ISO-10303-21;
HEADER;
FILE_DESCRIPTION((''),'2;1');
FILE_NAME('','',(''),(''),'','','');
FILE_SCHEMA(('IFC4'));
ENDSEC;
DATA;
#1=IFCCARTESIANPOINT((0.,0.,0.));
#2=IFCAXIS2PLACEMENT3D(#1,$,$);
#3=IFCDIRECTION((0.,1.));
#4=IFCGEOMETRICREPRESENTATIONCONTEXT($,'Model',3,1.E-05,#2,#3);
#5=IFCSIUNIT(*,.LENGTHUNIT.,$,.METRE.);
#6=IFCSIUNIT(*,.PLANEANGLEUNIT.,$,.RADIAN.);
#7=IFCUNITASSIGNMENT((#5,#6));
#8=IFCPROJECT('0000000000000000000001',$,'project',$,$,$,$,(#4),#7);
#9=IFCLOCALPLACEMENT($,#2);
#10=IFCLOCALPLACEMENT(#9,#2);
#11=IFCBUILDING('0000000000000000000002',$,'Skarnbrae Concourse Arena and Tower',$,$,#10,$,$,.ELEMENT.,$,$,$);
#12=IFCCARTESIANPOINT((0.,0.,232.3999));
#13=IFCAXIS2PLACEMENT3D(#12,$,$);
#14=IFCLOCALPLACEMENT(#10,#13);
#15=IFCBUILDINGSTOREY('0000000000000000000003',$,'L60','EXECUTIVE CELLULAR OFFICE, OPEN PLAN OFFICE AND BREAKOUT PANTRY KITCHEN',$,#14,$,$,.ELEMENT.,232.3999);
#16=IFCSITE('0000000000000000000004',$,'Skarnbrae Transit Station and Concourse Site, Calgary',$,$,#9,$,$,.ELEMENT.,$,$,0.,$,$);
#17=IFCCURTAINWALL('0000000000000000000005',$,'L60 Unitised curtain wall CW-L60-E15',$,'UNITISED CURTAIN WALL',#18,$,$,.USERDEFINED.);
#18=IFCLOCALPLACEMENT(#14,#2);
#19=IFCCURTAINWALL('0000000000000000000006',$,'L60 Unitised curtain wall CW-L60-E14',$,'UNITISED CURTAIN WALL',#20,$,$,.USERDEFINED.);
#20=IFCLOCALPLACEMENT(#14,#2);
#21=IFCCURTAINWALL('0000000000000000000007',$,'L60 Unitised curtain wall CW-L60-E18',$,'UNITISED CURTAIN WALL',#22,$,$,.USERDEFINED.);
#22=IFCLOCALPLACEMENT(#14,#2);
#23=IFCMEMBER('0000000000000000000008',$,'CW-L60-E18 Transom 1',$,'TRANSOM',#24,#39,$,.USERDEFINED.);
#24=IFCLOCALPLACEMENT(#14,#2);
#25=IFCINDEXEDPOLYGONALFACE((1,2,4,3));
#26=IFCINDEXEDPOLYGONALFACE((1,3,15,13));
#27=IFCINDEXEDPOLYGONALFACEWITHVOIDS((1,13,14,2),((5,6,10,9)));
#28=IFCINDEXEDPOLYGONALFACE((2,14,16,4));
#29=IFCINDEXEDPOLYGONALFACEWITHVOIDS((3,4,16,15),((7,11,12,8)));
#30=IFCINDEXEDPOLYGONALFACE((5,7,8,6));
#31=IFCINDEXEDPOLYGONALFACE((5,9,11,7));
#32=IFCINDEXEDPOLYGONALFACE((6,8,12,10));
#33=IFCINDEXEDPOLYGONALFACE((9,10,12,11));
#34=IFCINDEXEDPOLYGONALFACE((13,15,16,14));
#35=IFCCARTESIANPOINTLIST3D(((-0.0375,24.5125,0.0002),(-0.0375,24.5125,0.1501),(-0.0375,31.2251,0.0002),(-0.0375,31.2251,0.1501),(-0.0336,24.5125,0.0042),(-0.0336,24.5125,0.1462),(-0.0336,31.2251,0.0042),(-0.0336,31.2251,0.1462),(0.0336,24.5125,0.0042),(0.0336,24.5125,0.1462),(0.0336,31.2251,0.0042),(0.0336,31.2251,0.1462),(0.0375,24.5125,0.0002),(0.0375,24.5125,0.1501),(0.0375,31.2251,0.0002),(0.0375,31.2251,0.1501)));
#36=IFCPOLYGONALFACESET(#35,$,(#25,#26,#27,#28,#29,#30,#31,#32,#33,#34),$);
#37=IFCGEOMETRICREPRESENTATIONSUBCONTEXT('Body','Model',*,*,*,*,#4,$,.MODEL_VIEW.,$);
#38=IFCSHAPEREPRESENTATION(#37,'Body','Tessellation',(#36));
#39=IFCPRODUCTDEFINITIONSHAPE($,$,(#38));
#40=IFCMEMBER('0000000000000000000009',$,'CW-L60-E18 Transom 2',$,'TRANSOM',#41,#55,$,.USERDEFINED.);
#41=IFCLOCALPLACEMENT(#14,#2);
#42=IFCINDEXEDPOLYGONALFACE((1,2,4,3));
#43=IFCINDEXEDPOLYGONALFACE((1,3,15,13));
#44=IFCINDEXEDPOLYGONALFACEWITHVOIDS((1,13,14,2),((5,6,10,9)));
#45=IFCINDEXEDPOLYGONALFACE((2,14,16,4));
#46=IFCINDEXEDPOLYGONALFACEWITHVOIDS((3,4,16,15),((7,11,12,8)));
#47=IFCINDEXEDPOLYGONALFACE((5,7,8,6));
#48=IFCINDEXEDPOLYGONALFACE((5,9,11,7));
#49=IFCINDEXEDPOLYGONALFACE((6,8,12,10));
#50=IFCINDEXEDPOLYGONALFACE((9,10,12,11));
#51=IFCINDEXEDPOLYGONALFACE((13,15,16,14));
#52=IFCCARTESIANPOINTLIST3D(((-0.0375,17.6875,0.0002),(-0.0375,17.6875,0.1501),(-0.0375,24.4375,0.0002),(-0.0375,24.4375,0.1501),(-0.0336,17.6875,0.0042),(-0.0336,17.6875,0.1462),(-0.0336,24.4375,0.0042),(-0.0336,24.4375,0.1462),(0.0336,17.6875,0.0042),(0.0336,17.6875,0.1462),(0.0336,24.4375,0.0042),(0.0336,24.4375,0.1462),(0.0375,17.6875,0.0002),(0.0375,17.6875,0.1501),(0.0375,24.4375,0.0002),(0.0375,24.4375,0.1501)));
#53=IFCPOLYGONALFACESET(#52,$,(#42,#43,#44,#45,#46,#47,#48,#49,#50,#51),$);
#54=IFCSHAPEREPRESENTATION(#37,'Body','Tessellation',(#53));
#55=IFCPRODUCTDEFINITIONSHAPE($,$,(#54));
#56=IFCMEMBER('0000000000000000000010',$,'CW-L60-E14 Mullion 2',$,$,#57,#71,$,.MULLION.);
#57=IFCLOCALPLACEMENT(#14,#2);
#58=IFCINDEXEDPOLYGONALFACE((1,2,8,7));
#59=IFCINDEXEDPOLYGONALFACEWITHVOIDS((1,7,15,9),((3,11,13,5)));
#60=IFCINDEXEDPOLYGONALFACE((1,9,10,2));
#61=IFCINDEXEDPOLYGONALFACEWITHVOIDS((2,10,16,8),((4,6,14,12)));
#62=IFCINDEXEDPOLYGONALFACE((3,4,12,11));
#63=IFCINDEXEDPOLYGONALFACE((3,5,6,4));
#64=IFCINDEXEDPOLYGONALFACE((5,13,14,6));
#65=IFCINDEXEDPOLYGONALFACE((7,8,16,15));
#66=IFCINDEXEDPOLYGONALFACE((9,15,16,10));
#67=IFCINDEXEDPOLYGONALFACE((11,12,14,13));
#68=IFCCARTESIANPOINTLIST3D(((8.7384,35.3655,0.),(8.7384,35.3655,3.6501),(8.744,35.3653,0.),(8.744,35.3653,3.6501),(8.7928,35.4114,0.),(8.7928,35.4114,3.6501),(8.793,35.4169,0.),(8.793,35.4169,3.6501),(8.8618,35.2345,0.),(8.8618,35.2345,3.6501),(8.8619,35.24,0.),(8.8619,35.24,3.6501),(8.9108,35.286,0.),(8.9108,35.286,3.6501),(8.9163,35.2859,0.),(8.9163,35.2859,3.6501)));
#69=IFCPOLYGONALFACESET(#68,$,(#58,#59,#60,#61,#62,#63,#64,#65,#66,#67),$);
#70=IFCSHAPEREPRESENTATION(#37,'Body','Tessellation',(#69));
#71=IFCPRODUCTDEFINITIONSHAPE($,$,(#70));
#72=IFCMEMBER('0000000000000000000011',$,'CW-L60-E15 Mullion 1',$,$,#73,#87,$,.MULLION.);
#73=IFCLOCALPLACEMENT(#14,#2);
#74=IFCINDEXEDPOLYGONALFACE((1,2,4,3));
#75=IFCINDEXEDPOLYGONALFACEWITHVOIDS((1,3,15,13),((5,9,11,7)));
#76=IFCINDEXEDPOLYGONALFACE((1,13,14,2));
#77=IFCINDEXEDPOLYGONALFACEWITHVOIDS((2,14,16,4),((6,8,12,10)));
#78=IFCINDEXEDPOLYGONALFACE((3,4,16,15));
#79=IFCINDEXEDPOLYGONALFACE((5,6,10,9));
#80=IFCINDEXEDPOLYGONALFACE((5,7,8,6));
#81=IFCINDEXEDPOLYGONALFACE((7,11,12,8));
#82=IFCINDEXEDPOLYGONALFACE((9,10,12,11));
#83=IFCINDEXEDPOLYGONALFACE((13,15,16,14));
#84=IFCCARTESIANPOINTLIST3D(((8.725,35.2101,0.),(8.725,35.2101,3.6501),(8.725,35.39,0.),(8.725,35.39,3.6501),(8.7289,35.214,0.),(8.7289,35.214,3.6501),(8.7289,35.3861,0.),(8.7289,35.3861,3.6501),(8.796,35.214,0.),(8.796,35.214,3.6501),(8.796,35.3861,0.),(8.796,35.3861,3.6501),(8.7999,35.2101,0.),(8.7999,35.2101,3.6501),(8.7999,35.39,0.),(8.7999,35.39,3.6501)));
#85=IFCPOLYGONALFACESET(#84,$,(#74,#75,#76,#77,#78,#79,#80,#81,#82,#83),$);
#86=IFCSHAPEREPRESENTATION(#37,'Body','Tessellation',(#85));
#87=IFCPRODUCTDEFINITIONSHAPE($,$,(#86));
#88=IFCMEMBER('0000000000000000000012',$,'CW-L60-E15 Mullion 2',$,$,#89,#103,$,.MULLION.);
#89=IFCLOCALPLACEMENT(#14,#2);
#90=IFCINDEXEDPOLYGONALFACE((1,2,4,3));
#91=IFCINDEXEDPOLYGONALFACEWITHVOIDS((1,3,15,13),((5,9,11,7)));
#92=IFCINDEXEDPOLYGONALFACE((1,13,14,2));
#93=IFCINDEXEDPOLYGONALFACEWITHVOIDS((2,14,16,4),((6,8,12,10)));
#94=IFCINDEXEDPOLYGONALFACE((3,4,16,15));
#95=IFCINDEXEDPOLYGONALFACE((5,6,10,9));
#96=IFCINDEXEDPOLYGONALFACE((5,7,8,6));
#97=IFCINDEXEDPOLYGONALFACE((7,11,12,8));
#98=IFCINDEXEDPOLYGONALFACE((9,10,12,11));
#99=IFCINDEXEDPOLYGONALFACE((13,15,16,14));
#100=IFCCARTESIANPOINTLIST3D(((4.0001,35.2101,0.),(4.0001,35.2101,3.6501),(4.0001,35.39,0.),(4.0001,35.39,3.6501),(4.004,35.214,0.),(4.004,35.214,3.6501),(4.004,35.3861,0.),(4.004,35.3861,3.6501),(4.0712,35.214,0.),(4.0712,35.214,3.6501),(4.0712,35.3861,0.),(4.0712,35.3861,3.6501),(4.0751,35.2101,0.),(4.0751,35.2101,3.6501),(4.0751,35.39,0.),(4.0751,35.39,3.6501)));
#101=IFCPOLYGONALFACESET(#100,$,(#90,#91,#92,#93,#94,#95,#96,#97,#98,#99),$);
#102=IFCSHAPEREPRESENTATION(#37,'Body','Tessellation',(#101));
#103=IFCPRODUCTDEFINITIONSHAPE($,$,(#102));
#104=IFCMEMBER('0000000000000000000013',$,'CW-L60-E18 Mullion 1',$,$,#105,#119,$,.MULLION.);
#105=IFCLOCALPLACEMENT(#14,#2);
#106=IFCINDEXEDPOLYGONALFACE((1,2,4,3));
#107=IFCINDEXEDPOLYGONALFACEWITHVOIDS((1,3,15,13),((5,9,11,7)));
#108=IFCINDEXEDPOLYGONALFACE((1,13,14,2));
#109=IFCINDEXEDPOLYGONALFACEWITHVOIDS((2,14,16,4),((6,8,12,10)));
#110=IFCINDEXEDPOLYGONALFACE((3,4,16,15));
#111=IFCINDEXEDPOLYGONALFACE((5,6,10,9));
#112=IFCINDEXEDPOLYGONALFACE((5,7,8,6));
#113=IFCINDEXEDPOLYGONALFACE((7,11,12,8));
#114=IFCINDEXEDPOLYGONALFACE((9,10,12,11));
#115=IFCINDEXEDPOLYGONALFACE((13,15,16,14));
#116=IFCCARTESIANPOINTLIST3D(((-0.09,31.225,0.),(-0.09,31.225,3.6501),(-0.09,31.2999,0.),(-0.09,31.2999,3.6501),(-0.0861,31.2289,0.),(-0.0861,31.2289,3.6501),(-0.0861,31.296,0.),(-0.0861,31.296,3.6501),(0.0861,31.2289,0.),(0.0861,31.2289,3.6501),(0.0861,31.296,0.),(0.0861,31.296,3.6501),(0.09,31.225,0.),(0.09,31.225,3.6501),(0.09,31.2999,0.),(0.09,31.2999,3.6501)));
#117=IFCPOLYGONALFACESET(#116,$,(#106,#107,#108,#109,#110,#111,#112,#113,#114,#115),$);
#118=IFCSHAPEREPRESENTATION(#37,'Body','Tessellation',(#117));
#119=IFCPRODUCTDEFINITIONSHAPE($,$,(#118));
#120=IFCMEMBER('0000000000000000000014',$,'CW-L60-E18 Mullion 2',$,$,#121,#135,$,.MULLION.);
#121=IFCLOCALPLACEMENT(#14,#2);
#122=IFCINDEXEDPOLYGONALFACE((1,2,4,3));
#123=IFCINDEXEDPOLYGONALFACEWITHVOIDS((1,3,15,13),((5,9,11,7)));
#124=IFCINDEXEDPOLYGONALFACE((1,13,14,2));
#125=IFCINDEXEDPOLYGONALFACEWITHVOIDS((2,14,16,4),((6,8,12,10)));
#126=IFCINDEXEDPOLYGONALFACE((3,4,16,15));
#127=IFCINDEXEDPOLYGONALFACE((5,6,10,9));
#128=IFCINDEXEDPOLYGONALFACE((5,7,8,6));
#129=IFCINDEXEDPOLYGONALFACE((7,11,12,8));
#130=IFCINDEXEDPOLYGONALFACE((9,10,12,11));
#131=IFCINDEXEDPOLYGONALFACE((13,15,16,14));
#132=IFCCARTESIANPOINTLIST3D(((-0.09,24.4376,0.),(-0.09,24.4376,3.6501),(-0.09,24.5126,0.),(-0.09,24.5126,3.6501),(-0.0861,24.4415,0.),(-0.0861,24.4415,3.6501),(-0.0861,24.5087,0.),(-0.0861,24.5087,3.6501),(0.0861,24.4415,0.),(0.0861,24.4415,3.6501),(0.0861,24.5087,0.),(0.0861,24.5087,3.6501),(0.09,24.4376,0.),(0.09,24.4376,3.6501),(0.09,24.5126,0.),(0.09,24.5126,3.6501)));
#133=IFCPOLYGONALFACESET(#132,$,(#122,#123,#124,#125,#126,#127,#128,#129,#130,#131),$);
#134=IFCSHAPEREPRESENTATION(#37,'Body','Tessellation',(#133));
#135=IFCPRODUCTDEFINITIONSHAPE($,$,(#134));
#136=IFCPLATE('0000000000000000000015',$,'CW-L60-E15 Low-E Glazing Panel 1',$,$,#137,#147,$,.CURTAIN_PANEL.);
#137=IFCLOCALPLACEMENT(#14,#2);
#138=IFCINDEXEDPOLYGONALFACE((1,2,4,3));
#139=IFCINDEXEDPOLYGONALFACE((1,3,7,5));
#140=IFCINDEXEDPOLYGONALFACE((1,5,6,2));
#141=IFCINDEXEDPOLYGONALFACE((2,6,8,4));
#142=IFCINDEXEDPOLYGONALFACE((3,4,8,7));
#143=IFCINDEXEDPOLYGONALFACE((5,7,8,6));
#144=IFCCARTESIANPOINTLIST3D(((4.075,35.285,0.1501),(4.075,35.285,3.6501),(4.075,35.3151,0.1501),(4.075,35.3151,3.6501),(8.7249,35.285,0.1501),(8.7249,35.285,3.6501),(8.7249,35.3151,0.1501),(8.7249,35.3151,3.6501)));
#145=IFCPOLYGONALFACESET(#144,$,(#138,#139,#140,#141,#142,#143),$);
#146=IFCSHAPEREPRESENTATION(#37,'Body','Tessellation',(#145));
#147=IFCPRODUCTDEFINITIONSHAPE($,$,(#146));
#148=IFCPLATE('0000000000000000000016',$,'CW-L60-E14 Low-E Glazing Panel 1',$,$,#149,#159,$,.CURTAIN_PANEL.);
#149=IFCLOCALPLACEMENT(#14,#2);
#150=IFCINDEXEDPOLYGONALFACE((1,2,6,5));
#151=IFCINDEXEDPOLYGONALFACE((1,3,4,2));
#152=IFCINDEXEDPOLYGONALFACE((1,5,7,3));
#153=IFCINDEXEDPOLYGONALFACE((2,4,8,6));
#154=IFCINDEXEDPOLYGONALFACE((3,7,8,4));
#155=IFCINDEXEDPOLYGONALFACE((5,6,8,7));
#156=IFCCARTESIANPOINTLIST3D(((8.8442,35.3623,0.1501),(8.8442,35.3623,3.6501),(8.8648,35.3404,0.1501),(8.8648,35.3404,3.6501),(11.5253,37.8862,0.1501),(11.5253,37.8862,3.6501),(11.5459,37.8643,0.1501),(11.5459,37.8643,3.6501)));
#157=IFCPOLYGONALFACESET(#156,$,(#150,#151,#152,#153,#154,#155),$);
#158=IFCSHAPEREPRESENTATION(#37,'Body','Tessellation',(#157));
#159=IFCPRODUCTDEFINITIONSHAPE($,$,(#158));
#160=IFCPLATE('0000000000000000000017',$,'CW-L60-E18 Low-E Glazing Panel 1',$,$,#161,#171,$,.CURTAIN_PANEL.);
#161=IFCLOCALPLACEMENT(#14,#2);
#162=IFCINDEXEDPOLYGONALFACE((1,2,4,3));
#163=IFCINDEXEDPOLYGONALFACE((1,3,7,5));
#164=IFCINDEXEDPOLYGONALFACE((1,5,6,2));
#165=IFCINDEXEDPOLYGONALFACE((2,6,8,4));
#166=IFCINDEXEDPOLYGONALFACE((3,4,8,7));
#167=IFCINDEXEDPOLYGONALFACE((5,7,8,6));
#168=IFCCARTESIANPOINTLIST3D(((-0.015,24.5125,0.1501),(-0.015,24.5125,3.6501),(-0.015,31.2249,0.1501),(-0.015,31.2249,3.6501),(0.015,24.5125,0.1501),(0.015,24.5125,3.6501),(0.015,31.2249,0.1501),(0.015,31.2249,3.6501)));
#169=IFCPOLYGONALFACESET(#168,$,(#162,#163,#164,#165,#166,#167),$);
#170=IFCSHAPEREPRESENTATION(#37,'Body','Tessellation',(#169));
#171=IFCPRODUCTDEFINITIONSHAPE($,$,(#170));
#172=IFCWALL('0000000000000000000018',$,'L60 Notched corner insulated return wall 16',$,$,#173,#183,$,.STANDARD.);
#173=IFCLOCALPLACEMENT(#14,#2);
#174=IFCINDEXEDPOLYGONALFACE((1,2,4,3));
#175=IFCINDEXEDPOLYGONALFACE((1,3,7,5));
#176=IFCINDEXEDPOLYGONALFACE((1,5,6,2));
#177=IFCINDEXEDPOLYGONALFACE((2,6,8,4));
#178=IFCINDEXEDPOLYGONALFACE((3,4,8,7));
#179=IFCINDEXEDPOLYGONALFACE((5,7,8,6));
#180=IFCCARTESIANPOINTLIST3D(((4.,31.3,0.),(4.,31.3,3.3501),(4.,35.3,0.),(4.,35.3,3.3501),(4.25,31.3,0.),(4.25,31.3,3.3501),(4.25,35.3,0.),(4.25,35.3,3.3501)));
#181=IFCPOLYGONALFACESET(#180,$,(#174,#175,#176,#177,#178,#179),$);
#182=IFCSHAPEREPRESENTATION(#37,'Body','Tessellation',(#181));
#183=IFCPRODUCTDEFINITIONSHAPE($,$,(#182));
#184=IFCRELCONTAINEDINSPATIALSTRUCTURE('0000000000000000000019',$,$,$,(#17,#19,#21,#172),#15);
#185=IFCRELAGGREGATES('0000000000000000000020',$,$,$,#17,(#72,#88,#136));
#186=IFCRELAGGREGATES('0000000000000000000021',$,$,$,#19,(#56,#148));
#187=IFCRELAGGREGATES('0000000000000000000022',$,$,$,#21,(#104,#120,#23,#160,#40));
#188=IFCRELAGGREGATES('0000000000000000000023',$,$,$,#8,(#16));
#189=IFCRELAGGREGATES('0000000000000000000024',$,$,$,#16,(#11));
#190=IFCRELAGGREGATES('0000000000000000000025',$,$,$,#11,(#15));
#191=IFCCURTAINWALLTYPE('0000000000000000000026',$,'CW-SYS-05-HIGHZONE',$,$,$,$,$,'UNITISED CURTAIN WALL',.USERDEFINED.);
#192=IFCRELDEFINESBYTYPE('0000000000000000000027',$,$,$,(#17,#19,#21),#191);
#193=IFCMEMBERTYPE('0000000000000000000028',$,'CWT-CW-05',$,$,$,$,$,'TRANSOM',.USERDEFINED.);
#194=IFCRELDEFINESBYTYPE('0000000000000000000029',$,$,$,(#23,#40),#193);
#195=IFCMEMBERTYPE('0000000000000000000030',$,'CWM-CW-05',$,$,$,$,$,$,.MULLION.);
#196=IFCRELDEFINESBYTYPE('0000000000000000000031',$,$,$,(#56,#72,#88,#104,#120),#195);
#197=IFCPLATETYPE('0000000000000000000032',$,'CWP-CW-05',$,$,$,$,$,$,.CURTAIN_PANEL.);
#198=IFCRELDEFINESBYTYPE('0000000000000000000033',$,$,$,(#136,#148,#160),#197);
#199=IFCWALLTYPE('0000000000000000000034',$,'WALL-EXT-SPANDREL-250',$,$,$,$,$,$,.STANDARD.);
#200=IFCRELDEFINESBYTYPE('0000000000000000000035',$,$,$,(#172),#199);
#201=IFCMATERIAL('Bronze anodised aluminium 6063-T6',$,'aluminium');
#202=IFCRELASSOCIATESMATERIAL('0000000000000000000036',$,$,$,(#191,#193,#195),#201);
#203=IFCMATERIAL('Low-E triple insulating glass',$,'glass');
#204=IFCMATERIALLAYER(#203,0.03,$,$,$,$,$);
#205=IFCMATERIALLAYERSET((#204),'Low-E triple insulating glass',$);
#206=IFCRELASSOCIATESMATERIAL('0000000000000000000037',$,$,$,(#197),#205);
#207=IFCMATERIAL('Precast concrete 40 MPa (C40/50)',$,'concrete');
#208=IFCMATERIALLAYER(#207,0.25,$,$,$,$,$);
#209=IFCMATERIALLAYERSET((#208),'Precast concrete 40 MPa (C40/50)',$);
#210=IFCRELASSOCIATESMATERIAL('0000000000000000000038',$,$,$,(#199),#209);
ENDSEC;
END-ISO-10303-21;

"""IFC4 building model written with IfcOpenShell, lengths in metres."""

from ifc_helpers import new_model, si_unit, direction, frame, frame_2d, origin, origin_2d, place, context, subcontext, project, spatial, rectangle, hollow_rectangle, extrude, source, transform, mapped, material, layer, layer_set, material_profile, profile_set, type_object, element, aggregate, save


model = new_model("IFC4")

# Units and contexts
model_context = context("Model", 3, precision=1e-05, world=origin(), true_north=direction((0.0, 1.0)))
body_context = subcontext(model_context, "Body", "Model", "MODEL_VIEW")
ifc_project = project(units=[si_unit("LENGTHUNIT", "METRE"), si_unit("PLANEANGLEUNIT", "RADIAN")], contexts=[model_context])

# Site, building, storey
site_placement = place(None, origin())
site = spatial("IfcSite", under=ifc_project, at=site_placement, Name="Skarnbrae Transit Station and Concourse Site, Calgary", CompositionType="ELEMENT", RefElevation=0.0)
building_placement = place(site_placement, origin())
building = spatial("IfcBuilding", under=site, at=building_placement, Name="Skarnbrae Concourse Arena and Tower", CompositionType="ELEMENT")
storey_placement = place(building_placement, frame((0.0, 0.0, 232.3999)))
storey = spatial("IfcBuildingStorey", under=building, at=storey_placement, Name="L60", Description="EXECUTIVE CELLULAR OFFICE, OPEN PLAN OFFICE AND BREAKOUT PANTRY KITCHEN", CompositionType="ELEMENT", Elevation=232.3999)

# Curtain walls
ifc_material_1 = material(Name="Bronze anodised aluminium 6063-T6", Category="aluminium")
curtain_wall_type = type_object("IfcCurtainWallType", Name="CW-SYS-05-HIGHZONE", ElementType="UNITISED CURTAIN WALL", PredefinedType="USERDEFINED", material=ifc_material_1)
curtain_wall_1_placement = place(storey_placement, origin())
curtain_wall_1 = element("IfcCurtainWall", 1, at=curtain_wall_1_placement, inside=storey, type_object=curtain_wall_type, Name="L60 Unitised curtain wall CW-L60-E15", ObjectType="UNITISED CURTAIN WALL", PredefinedType="USERDEFINED")
ifc_material_profile_1 = material_profile(ifc_material_1, hollow_rectangle(XDim=0.075, YDim=0.1499, WallThickness=0.0039, at=origin_2d()), Name="ALU-TRAN-75X150")
ifc_profile_set_1 = profile_set([ifc_material_profile_1], Name="Bronze anodised aluminium 6063-T6")
member_type_1 = type_object("IfcMemberType", Name="CWT-CW-05", ElementType="TRANSOM", PredefinedType="USERDEFINED", material=ifc_profile_set_1)
curtain_wall_2_placement = place(storey_placement, origin())
curtain_wall_2 = element("IfcCurtainWall", 2, at=curtain_wall_2_placement, inside=storey, type_object=curtain_wall_type, Name="L60 Unitised curtain wall CW-L60-E14", ObjectType="UNITISED CURTAIN WALL", PredefinedType="USERDEFINED")

# Curtain wall, members
curtain_wall_3_placement = place(storey_placement, origin())
curtain_wall_3 = element("IfcCurtainWall", 3, at=curtain_wall_3_placement, inside=storey, type_object=curtain_wall_type, Name="L60 Unitised curtain wall CW-L60-E18", ObjectType="UNITISED CURTAIN WALL", PredefinedType="USERDEFINED")
shared_shape_1 = source(origin(), body_context, "Body", "SweptSolid", [
    extrude(hollow_rectangle(XDim=0.075, YDim=0.1499, WallThickness=0.0039, at=origin_2d()), origin(), (0.0, 0.0, 1.0), 6.7126),
])
member_1_placement = place(storey_placement, frame((0.0, 31.2251, 0.0752), z_axis=(0.0, -1.0, 0.0), x_axis=(1.0, 0.0, 0.0)))
member_1 = element("IfcMember", 4, at=member_1_placement, type_object=member_type_1, Name="CW-L60-E18 Transom 1", ObjectType="TRANSOM", PredefinedType="USERDEFINED", context=body_context, shape_type="MappedRepresentation", body=[
    mapped(shared_shape_1, transform((0.0, 0.0, 0.0))),
])
shared_shape_2 = source(origin(), body_context, "Body", "SweptSolid", [
    extrude(hollow_rectangle(XDim=0.075, YDim=0.1499, WallThickness=0.0039, at=origin_2d()), origin(), (0.0, 0.0, 1.0), 6.75),
])
member_2_placement = place(storey_placement, frame((0.0, 24.4375, 0.0752), z_axis=(0.0, -1.0, 0.0), x_axis=(1.0, 0.0, 0.0)))
member_2 = element("IfcMember", 5, at=member_2_placement, type_object=member_type_1, Name="CW-L60-E18 Transom 2", ObjectType="TRANSOM", PredefinedType="USERDEFINED", context=body_context, shape_type="MappedRepresentation", body=[
    mapped(shared_shape_2, transform((0.0, 0.0, 0.0))),
])

# Members
ifc_material_profile_2 = material_profile(ifc_material_1, hollow_rectangle(XDim=0.075, YDim=0.1799, WallThickness=0.0039, at=origin_2d()), Name="ALU-MULL-75X180")
ifc_profile_set_2 = profile_set([ifc_material_profile_2], Name="Bronze anodised aluminium 6063-T6")
member_type_2 = type_object("IfcMemberType", Name="CWM-CW-05", PredefinedType="MULLION", material=ifc_profile_set_2)
shared_shape_3 = source(origin(), body_context, "Body", "SweptSolid", [
    extrude(hollow_rectangle(XDim=0.075, YDim=0.1799, WallThickness=0.0039, at=origin_2d()), origin(), (0.0, 0.0, 1.0), 3.6501),
])
member_3_placement = place(storey_placement, frame((8.8274, 35.3257, 0.0), z_axis=(0.0, 0.0, 1.0), x_axis=(-0.728131, -0.685438, 0.0)))
member_3 = element("IfcMember", 6, at=member_3_placement, type_object=member_type_2, Name="CW-L60-E14 Mullion 2", PredefinedType="MULLION", context=body_context, shape_type="MappedRepresentation", body=[
    mapped(shared_shape_3, transform((0.0, 0.0, 0.0))),
])
member_4_placement = place(storey_placement, frame((8.7625, 35.3, 0.0), z_axis=(0.0, 0.0, 1.0), x_axis=(-1.0, 0.0, 0.0)))
member_4 = element("IfcMember", 7, at=member_4_placement, type_object=member_type_2, Name="CW-L60-E15 Mullion 1", PredefinedType="MULLION", context=body_context, shape_type="MappedRepresentation", body=[
    mapped(shared_shape_3, transform((0.0, 0.0, 0.0))),
])
member_5_placement = place(storey_placement, frame((4.0376, 35.3, 0.0), z_axis=(0.0, 0.0, 1.0), x_axis=(-1.0, 0.0, 0.0)))
member_5 = element("IfcMember", 8, at=member_5_placement, type_object=member_type_2, Name="CW-L60-E15 Mullion 2", PredefinedType="MULLION", context=body_context, shape_type="MappedRepresentation", body=[
    mapped(shared_shape_3, transform((0.0, 0.0, 0.0))),
])
member_6_placement = place(storey_placement, frame((0.0, 31.2625, 0.0), z_axis=(0.0, 0.0, 1.0), x_axis=(0.0, -1.0, 0.0)))
member_6 = element("IfcMember", 9, at=member_6_placement, type_object=member_type_2, Name="CW-L60-E18 Mullion 1", PredefinedType="MULLION", context=body_context, shape_type="MappedRepresentation", body=[
    mapped(shared_shape_3, transform((0.0, 0.0, 0.0))),
])
member_7_placement = place(storey_placement, frame((0.0, 24.4751, 0.0), z_axis=(0.0, 0.0, 1.0), x_axis=(0.0, -1.0, 0.0)))
member_7 = element("IfcMember", 10, at=member_7_placement, type_object=member_type_2, Name="CW-L60-E18 Mullion 2", PredefinedType="MULLION", context=body_context, shape_type="MappedRepresentation", body=[
    mapped(shared_shape_3, transform((0.0, 0.0, 0.0))),
])

# Plates
ifc_material_2 = material(Name="Low-E triple insulating glass", Category="glass")
ifc_layer_1 = layer(ifc_material_2, 0.03)
ifc_layer_set_1 = layer_set([ifc_layer_1], Name="Low-E triple insulating glass")
plate_type = type_object("IfcPlateType", Name="CWP-CW-05", PredefinedType="CURTAIN_PANEL", material=ifc_layer_set_1)
shared_shape_4 = source(origin(), body_context, "Body", "SweptSolid", [
    extrude(rectangle(XDim=4.6499, YDim=0.03, at=origin_2d()), origin(), (0.0, 0.0, 1.0), 3.5),
])
plate_1_placement = place(storey_placement, frame((6.3999, 35.3, 0.1501), z_axis=(0.0, 0.0, 1.0), x_axis=(-1.0, 0.0, 0.0)))
plate_1 = element("IfcPlate", 11, at=plate_1_placement, type_object=plate_type, Name="CW-L60-E15 Low-E Glazing Panel 1", PredefinedType="CURTAIN_PANEL", context=body_context, shape_type="MappedRepresentation", body=[
    mapped(shared_shape_4, transform((0.0, 0.0, 0.0))),
])
aggregate(curtain_wall_1, [member_4, member_5, plate_1])
shared_shape_5 = source(origin(), body_context, "Body", "SweptSolid", [
    extrude(rectangle(XDim=3.6821, YDim=0.03, at=origin_2d()), origin(), (0.0, 0.0, 1.0), 3.5),
])
plate_2_placement = place(storey_placement, frame((10.1951, 36.6133, 0.1501), z_axis=(0.0, 0.0, 1.0), x_axis=(-0.728131, -0.685438, 0.0)))
plate_2 = element("IfcPlate", 12, at=plate_2_placement, type_object=plate_type, Name="CW-L60-E14 Low-E Glazing Panel 1", PredefinedType="CURTAIN_PANEL", context=body_context, shape_type="MappedRepresentation", body=[
    mapped(shared_shape_5, transform((0.0, 0.0, 0.0))),
])
aggregate(curtain_wall_2, [member_3, plate_2])
shared_shape_6 = source(origin(), body_context, "Body", "SweptSolid", [
    extrude(rectangle(XDim=6.7124, YDim=0.03, at=origin_2d()), origin(), (0.0, 0.0, 1.0), 3.5),
])
plate_3_placement = place(storey_placement, frame((0.0, 27.8687, 0.1501), z_axis=(0.0, 0.0, 1.0), x_axis=(0.0, -1.0, 0.0)))
plate_3 = element("IfcPlate", 13, at=plate_3_placement, type_object=plate_type, Name="CW-L60-E18 Low-E Glazing Panel 1", PredefinedType="CURTAIN_PANEL", context=body_context, shape_type="MappedRepresentation", body=[
    mapped(shared_shape_6, transform((0.0, 0.0, 0.0))),
])
aggregate(curtain_wall_3, [member_6, member_7, member_1, plate_3, member_2])

# Wall
ifc_material_3 = material(Name="Precast concrete 40 MPa (C40/50)", Category="concrete")
ifc_layer_2 = layer(ifc_material_3, 0.25)
ifc_layer_set_2 = layer_set([ifc_layer_2], Name="Precast concrete 40 MPa (C40/50)")
wall_type_1 = type_object("IfcWallType", Name="WALL-EXT-SPANDREL-250", PredefinedType="STANDARD", material=ifc_layer_set_2)
shared_shape_7 = source(origin(), body_context, "Body", "SweptSolid", [
    extrude(rectangle(XDim=4.0, YDim=0.25, at=frame_2d((2.0, 0.0))), origin(), (0.0, 0.0, 1.0), 3.3501),
])
for number, where, z_axis, x_axis, name in (
    (14, (4.125, 35.3, 0.0), (0.0, 0.0, 1.0), (0.0, -1.0, 0.0), "L60 Notched corner insulated return wall 16"),
):
    element("IfcWall", number, at=place(storey_placement, frame(where, z_axis=z_axis, x_axis=x_axis)), inside=storey, type_object=wall_type_1, Name=name, PredefinedType="STANDARD", context=body_context, shape_type="MappedRepresentation", body=[
        mapped(shared_shape_7, transform((0.0, 0.0, 0.0))),
    ])

save(model, "model.ifc")
